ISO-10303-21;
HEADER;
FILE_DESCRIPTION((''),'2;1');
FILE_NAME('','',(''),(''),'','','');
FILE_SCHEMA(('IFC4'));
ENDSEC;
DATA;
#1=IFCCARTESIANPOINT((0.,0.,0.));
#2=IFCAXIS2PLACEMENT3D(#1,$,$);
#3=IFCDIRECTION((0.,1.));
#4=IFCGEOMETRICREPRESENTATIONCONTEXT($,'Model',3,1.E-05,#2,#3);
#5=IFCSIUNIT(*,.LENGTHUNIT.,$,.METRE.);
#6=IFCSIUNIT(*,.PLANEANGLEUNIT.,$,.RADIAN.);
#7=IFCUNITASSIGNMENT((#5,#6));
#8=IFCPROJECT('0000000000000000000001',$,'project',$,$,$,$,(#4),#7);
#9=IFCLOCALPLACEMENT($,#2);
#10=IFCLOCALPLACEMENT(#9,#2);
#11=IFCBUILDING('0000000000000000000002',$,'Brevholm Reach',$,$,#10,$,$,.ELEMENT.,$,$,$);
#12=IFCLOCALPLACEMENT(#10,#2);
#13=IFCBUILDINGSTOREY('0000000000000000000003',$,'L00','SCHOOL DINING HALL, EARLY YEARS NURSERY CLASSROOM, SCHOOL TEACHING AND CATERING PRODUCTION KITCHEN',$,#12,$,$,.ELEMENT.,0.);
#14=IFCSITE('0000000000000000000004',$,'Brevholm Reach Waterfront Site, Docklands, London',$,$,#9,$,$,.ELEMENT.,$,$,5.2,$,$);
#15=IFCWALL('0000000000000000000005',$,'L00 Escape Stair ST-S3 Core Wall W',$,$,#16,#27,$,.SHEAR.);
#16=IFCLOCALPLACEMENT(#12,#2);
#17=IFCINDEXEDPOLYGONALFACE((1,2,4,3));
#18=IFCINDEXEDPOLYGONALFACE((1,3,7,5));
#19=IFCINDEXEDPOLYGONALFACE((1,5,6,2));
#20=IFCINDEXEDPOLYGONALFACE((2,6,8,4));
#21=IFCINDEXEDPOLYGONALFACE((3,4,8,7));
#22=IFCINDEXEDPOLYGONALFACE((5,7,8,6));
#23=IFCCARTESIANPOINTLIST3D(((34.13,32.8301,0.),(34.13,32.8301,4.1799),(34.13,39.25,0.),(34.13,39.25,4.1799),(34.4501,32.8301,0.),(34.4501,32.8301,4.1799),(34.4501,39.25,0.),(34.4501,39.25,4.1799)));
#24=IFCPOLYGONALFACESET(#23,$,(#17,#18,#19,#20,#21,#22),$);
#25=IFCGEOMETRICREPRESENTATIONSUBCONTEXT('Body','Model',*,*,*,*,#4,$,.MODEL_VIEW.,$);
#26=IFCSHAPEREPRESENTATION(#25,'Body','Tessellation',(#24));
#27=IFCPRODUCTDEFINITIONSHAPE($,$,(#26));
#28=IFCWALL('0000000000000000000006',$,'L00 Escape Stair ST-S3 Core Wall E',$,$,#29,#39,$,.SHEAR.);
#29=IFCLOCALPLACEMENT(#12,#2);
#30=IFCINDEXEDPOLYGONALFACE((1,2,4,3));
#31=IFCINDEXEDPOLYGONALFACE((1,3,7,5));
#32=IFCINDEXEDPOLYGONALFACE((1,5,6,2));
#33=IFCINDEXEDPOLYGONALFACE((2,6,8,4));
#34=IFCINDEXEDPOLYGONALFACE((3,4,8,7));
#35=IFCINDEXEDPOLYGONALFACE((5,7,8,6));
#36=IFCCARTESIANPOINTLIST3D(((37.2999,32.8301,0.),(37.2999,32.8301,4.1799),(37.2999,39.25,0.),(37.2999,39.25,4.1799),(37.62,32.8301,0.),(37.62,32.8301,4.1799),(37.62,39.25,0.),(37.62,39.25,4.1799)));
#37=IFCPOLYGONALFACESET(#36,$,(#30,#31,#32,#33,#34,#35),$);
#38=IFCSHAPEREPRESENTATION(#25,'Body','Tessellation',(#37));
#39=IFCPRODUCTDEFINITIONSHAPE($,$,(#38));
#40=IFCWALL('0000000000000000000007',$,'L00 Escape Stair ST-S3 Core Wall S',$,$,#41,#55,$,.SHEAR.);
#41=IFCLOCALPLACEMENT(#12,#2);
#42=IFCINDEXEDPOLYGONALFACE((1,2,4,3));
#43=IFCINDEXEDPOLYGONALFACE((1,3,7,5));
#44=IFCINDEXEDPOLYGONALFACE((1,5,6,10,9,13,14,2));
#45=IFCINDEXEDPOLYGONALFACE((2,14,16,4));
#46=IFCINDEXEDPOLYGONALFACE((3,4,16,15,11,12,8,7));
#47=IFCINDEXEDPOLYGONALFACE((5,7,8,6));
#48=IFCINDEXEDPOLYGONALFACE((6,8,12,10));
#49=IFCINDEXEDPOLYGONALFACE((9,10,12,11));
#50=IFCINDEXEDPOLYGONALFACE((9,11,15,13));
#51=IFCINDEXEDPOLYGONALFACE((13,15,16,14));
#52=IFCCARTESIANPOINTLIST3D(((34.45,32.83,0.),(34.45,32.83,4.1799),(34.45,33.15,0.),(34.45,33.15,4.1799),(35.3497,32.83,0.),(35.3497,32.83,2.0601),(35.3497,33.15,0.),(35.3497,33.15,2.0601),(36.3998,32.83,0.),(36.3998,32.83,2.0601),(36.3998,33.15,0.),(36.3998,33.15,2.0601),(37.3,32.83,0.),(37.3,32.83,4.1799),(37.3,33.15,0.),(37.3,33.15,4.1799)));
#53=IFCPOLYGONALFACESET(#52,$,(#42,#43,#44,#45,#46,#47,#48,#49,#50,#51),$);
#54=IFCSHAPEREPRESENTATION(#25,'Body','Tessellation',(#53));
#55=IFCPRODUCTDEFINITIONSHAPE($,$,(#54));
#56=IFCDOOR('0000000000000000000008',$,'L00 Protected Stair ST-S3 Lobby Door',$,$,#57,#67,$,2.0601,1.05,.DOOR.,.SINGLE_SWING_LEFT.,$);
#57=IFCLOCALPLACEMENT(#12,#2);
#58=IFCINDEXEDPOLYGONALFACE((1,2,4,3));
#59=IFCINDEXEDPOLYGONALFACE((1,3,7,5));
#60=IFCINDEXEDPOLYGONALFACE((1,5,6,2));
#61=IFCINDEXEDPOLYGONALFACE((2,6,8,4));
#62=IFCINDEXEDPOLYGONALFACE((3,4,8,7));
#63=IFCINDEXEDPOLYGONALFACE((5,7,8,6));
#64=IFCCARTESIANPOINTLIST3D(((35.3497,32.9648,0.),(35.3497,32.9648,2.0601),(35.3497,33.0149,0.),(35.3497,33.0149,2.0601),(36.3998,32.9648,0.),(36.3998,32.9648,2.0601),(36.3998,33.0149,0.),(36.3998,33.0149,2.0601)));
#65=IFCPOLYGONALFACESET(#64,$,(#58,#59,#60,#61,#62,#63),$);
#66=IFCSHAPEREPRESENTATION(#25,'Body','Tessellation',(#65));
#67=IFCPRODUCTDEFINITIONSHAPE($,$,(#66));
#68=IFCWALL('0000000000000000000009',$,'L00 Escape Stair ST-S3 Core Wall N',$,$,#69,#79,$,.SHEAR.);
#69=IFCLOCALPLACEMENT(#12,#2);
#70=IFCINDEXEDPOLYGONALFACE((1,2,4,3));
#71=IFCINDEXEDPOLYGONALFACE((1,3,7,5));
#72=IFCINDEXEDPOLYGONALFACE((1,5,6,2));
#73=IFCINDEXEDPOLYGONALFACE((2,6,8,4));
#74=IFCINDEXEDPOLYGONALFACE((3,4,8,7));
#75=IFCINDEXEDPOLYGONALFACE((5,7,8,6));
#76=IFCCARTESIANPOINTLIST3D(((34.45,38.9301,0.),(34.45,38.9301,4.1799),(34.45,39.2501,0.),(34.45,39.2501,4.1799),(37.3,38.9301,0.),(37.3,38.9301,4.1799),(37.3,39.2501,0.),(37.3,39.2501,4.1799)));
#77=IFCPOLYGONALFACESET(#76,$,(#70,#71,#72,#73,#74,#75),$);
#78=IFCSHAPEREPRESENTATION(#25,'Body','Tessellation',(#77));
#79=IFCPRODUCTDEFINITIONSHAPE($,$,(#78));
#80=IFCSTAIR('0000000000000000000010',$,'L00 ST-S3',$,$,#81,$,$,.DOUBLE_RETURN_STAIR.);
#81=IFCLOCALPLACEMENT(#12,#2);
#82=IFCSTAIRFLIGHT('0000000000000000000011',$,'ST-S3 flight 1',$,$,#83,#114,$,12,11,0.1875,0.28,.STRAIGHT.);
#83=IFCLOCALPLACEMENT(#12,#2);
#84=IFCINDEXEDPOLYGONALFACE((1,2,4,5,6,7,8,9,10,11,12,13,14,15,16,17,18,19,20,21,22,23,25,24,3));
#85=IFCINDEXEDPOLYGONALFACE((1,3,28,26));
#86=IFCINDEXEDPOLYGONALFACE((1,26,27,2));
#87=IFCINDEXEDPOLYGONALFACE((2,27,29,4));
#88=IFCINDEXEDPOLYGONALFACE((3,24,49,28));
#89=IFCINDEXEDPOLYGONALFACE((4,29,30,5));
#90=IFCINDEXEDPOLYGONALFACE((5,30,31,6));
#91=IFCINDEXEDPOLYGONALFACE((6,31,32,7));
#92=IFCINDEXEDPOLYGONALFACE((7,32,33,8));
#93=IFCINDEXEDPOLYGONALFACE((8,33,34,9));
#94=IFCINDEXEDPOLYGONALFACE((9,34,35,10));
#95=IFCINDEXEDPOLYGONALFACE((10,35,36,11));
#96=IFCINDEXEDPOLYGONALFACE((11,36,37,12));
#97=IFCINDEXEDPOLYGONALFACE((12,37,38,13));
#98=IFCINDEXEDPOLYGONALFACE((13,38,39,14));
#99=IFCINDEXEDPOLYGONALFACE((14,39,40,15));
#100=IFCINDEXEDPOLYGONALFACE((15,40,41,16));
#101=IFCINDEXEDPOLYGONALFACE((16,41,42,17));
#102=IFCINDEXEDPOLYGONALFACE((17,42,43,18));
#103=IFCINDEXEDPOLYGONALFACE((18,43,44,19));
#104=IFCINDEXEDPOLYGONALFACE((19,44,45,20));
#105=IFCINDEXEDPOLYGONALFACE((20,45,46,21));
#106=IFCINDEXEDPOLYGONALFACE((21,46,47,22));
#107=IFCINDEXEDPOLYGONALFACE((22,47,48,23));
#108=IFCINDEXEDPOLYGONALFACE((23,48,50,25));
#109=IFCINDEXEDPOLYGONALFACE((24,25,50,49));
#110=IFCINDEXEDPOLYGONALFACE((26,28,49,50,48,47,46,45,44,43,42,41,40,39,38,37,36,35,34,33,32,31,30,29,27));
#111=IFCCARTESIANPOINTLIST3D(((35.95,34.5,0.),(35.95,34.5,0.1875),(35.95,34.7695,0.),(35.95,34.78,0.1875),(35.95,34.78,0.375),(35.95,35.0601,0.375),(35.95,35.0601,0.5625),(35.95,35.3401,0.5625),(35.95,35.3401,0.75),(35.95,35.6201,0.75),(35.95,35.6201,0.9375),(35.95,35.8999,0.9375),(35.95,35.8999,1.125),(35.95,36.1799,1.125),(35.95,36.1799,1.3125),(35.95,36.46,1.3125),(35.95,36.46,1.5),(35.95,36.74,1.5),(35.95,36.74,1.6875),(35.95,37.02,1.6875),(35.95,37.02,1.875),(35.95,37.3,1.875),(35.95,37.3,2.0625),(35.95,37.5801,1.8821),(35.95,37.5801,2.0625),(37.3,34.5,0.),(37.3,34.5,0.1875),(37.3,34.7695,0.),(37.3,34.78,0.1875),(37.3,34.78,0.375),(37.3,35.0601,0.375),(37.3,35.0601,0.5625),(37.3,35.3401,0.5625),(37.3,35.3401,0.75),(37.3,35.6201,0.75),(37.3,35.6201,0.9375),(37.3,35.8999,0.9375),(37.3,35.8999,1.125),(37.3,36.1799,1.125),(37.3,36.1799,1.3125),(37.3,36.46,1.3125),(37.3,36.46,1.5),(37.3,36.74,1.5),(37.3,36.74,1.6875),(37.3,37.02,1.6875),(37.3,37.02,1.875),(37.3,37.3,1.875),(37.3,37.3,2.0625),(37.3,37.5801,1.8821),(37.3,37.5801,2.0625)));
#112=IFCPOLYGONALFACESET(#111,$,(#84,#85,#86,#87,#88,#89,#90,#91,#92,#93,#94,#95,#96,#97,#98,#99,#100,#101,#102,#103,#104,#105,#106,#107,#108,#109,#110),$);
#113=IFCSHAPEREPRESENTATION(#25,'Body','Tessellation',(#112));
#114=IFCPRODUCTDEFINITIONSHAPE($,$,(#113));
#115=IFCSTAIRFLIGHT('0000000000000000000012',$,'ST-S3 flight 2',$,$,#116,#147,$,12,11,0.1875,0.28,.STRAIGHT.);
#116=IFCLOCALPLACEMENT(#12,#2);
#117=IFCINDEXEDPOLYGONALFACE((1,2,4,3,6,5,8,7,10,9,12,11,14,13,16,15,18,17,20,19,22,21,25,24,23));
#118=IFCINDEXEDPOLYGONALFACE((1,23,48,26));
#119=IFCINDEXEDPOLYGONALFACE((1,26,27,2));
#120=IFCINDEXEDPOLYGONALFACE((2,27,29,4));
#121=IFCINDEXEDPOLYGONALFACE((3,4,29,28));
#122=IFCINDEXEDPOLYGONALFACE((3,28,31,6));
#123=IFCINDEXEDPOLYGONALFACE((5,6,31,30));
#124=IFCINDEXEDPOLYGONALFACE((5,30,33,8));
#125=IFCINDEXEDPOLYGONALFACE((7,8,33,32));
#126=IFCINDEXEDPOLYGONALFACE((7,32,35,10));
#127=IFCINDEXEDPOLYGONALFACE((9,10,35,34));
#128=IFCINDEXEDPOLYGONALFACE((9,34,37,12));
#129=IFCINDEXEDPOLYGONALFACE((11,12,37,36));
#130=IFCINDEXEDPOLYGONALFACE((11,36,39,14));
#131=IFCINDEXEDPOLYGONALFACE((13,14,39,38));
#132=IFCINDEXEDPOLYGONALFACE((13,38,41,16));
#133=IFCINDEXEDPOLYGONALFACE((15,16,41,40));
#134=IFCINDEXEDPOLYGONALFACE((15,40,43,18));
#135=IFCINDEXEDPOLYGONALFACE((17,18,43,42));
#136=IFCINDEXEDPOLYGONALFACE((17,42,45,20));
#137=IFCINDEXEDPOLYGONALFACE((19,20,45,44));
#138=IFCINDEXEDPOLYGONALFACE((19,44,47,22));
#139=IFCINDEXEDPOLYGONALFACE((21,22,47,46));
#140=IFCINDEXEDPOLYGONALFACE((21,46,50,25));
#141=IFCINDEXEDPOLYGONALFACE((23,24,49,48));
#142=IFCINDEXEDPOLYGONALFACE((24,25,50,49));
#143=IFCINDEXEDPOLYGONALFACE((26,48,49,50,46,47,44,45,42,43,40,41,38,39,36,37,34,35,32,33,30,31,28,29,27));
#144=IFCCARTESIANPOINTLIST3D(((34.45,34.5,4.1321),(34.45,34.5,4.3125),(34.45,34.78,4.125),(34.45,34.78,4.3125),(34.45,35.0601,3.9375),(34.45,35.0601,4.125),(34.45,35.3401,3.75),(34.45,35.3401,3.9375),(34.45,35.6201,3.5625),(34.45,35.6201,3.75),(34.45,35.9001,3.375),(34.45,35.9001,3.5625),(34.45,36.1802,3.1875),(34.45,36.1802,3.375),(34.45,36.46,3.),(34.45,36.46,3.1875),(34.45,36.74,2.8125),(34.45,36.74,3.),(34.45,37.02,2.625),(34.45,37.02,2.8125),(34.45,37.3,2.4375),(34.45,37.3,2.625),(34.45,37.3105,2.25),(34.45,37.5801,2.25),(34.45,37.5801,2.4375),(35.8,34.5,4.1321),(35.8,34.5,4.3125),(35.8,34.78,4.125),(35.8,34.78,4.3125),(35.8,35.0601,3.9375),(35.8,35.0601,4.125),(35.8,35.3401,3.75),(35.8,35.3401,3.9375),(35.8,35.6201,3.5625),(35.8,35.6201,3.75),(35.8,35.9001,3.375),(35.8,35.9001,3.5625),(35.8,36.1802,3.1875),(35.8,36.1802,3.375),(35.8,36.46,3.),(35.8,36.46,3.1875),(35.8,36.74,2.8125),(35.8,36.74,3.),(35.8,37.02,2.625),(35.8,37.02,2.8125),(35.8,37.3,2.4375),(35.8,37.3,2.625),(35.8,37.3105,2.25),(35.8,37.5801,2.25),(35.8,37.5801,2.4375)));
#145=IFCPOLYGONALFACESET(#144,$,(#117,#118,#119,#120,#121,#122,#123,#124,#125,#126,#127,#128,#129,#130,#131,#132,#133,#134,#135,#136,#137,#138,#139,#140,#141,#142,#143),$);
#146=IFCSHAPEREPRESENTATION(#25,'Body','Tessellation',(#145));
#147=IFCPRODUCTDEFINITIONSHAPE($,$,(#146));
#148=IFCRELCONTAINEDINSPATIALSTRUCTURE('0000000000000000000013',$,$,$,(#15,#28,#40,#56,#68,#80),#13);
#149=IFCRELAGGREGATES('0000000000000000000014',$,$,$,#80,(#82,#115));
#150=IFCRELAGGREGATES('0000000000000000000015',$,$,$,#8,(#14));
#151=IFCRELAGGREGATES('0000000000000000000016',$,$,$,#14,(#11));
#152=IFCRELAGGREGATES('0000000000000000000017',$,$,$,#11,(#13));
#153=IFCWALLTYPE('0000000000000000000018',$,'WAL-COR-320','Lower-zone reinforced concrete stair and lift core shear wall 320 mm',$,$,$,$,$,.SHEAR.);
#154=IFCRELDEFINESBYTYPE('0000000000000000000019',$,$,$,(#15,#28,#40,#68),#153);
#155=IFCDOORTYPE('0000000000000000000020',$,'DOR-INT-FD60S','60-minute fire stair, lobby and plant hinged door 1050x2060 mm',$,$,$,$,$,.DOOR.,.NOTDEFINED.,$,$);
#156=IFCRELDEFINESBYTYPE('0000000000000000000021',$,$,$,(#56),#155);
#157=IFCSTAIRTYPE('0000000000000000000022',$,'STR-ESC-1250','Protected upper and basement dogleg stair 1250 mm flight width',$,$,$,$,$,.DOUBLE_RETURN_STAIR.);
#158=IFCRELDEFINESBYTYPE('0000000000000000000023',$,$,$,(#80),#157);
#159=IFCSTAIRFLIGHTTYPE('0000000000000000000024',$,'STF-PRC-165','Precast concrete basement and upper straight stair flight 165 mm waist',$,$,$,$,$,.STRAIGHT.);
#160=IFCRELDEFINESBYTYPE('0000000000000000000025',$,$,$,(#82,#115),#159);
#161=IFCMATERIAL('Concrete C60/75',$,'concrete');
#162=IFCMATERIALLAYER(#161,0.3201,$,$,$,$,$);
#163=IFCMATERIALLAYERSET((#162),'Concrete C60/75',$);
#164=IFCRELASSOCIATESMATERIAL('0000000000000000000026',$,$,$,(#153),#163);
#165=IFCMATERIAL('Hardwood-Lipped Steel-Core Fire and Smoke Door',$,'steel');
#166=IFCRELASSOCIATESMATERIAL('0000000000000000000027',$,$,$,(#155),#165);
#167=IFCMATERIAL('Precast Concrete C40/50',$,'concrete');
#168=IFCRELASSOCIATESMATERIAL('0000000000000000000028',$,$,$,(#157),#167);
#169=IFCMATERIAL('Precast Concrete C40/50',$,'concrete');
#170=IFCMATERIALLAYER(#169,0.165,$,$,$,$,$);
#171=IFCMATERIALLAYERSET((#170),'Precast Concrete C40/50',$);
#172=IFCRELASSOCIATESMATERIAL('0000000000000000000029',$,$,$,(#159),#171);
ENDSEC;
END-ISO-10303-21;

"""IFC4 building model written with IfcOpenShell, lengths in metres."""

from ifc_helpers import new_model, si_unit, direction, frame, frame_2d, origin, place, context, subcontext, project, spatial, polyline, rectangle, outline, extrude, material, layer, layer_set, type_object, element, fill, aggregate, save


model = new_model("IFC4")

# Units and contexts
model_context = context("Model", 3, precision=1e-05, world=origin(), true_north=direction((0.0, 1.0)))
body_context = subcontext(model_context, "Body", "Model", "MODEL_VIEW")
ifc_project = project(units=[si_unit("LENGTHUNIT", "METRE"), si_unit("PLANEANGLEUNIT", "RADIAN")], contexts=[model_context])

# Site, building, storey
site_placement = place(None, origin())
site = spatial("IfcSite", under=ifc_project, at=site_placement, Name="Brevholm Reach Waterfront Site, Docklands, London", CompositionType="ELEMENT", RefElevation=5.2)
building_placement = place(site_placement, origin())
building = spatial("IfcBuilding", under=site, at=building_placement, Name="Brevholm Reach", CompositionType="ELEMENT")
storey_placement = place(building_placement, origin())
storey = spatial("IfcBuildingStorey", under=building, at=storey_placement, Name="L00", Description="SCHOOL DINING HALL, EARLY YEARS NURSERY CLASSROOM, SCHOOL TEACHING AND CATERING PRODUCTION KITCHEN", CompositionType="ELEMENT", Elevation=0.0)

# Walls
ifc_material_1 = material(Name="Concrete C60/75", Category="concrete")
ifc_layer_1 = layer(ifc_material_1, 0.3201)
ifc_layer_set_1 = layer_set([ifc_layer_1], Name="Concrete C60/75")
wall_type = type_object("IfcWallType", Name="WAL-COR-320", Description="Lower-zone reinforced concrete stair and lift core shear wall 320 mm", PredefinedType="SHEAR", material=ifc_layer_set_1)
for number, where, z_axis, x_axis, name in (
    (1, (34.29, 32.8301, 0.0), (0.0, 0.0, 1.0), (0.0, 1.0, 0.0), "L00 Escape Stair ST-S3 Core Wall W"),
    (2, (37.46, 32.8301, 0.0), (0.0, 0.0, 1.0), (0.0, 1.0, 0.0), "L00 Escape Stair ST-S3 Core Wall E"),
):
    element("IfcWall", number, at=place(storey_placement, frame(where, z_axis=z_axis, x_axis=x_axis)), inside=storey, type_object=wall_type, Name=name, PredefinedType="SHEAR", context=body_context, shape_type="SweptSolid", body=[
        extrude(rectangle(XDim=6.4199, YDim=0.3201, at=frame_2d((3.21, 0.0))), origin(), (0.0, 0.0, 1.0), 4.1799),
    ])

# Wall, opening, door
wall_1_placement = place(storey_placement, frame((34.45, 32.99, 0.0), z_axis=(0.0, 0.0, 1.0), x_axis=(1.0, 0.0, 0.0)))
wall_1 = element("IfcWall", 3, at=wall_1_placement, inside=storey, type_object=wall_type, Name="L00 Escape Stair ST-S3 Core Wall S", PredefinedType="SHEAR", context=body_context, shape_type="SweptSolid", body=[
    extrude(rectangle(XDim=2.8501, YDim=0.3201, at=frame_2d((1.425, 0.0))), origin(), (0.0, 0.0, 1.0), 4.1799),
])
opening_placement = place(wall_1_placement, frame((0.8999, 0.0, 0.0)))
opening = element("IfcOpeningElement", 4, at=opening_placement, cuts=wall_1, PredefinedType="OPENING", context=body_context, shape_type="SweptSolid", body=[
    extrude(rectangle(XDim=1.05, YDim=2.0601, at=frame_2d((0.5249, 1.03))), frame((0.0, 0.1699, 0.0), z_axis=(0.0, -1.0, 0.0), x_axis=(1.0, 0.0, 0.0)), (0.0, 0.0, 1.0), 0.3401),
])
ifc_material_2 = material(Name="Hardwood-Lipped Steel-Core Fire and Smoke Door", Category="steel")
door_type = type_object("IfcDoorType", Name="DOR-INT-FD60S", Description="60-minute fire stair, lobby and plant hinged door 1050x2060 mm", OperationType="NOTDEFINED", PredefinedType="DOOR", material=ifc_material_2)
door_placement = place(opening_placement, origin())
door = element("IfcDoor", 5, at=door_placement, inside=storey, type_object=door_type, Name="L00 Protected Stair ST-S3 Lobby Door", OperationType="SINGLE_SWING_LEFT", OverallHeight=2.0601, OverallWidth=1.05, PredefinedType="DOOR", context=body_context, shape_type="SweptSolid", body=[
    extrude(rectangle(XDim=1.05, YDim=2.0601, at=frame_2d((0.5249, 1.03))), frame((0.0, 0.0249, 0.0), z_axis=(0.0, -1.0, 0.0), x_axis=(1.0, 0.0, 0.0)), (0.0, 0.0, 1.0), 0.05),
])
fill(opening, door)

# Wall
wall_2_placement = place(storey_placement, frame((37.3, 39.0901, 0.0), z_axis=(0.0, 0.0, 1.0), x_axis=(-1.0, 0.0, 0.0)))
element("IfcWall", 6, at=wall_2_placement, inside=storey, type_object=wall_type, Name="L00 Escape Stair ST-S3 Core Wall N", PredefinedType="SHEAR", context=body_context, shape_type="SweptSolid", body=[
    extrude(rectangle(XDim=2.8501, YDim=0.3201, at=frame_2d((1.425, 0.0))), origin(), (0.0, 0.0, 1.0), 4.1799),
])

# Stair, stair flights
ifc_material_3 = material(Name="Precast Concrete C40/50", Category="concrete")
stair_type = type_object("IfcStairType", Name="STR-ESC-1250", Description="Protected upper and basement dogleg stair 1250 mm flight width", PredefinedType="DOUBLE_RETURN_STAIR", material=ifc_material_3)
stair_placement = place(storey_placement, origin())
stair = element("IfcStair", 7, at=stair_placement, inside=storey, type_object=stair_type, Name="L00 ST-S3", PredefinedType="DOUBLE_RETURN_STAIR")
ifc_material_4 = material(Name="Precast Concrete C40/50", Category="concrete")
ifc_layer_2 = layer(ifc_material_4, 0.165)
ifc_layer_set_2 = layer_set([ifc_layer_2], Name="Precast Concrete C40/50")
stair_flight_type = type_object("IfcStairFlightType", Name="STF-PRC-165", Description="Precast concrete basement and upper straight stair flight 165 mm waist", PredefinedType="STRAIGHT", material=ifc_layer_set_2)
stair_flight_1_placement = place(storey_placement, frame((36.625, 34.5, 0.0), z_axis=(0.0, 0.0, 1.0), x_axis=(0.0, 1.0, 0.0)))
stair_flight_1 = element("IfcStairFlight", 8, at=stair_flight_1_placement, type_object=stair_flight_type, Name="ST-S3 flight 1", NumberOfRisers=12, NumberOfTreads=11, PredefinedType="STRAIGHT", RiserHeight=0.1875, TreadLength=0.28, context=body_context, shape_type="SweptSolid", body=[
    extrude(outline(polyline([(0.0, 0.0), (0.0, 0.1875), (0.28, 0.1875), (0.28, 0.375), (0.5601, 0.375), (0.5601, 0.5625), (0.8401, 0.5625), (0.8401, 0.75), (1.1201, 0.75), (1.1201, 0.9375), (1.3999, 0.9375), (1.3999, 1.125), (1.6799, 1.125), (1.6799, 1.3125), (1.96, 1.3125), (1.96, 1.5), (2.24, 1.5), (2.24, 1.6875), (2.52, 1.6875), (2.52, 1.875), (2.8, 1.875), (2.8, 2.0625), (3.0801, 2.0625), (3.0801, 2.25), (3.0801, 1.8821), (0.2695, 0.0), (0.0, 0.0)])), frame((0.0, 0.675, 0.0), z_axis=(0.0, -1.0, 0.0), x_axis=(1.0, 0.0, 0.0)), (0.0, 0.0, 1.0), 1.3501),
])
stair_flight_2_placement = place(storey_placement, frame((35.125, 37.5801, 2.25), z_axis=(0.0, 0.0, 1.0), x_axis=(0.0, -1.0, 0.0)))
stair_flight_2 = element("IfcStairFlight", 9, at=stair_flight_2_placement, type_object=stair_flight_type, Name="ST-S3 flight 2", NumberOfRisers=12, NumberOfTreads=11, PredefinedType="STRAIGHT", RiserHeight=0.1875, TreadLength=0.28, context=body_context, shape_type="SweptSolid", body=[
    extrude(outline(polyline([(0.0, 0.0), (0.0, 0.1875), (0.28, 0.1875), (0.28, 0.375), (0.5601, 0.375), (0.5601, 0.5625), (0.8401, 0.5625), (0.8401, 0.75), (1.1201, 0.75), (1.1201, 0.9375), (1.3999, 0.9375), (1.3999, 1.125), (1.6799, 1.125), (1.6799, 1.3125), (1.96, 1.3125), (1.96, 1.5), (2.24, 1.5), (2.24, 1.6875), (2.52, 1.6875), (2.52, 1.875), (2.8, 1.875), (2.8, 2.0625), (3.0801, 2.0625), (3.0801, 2.25), (3.0801, 1.8821), (0.2695, 0.0), (0.0, 0.0)])), frame((0.0, 0.675, 0.0), z_axis=(0.0, -1.0, 0.0), x_axis=(1.0, 0.0, 0.0)), (0.0, 0.0, 1.0), 1.3501),
])
aggregate(stair, [stair_flight_1, stair_flight_2])

save(model, "model.ifc")
